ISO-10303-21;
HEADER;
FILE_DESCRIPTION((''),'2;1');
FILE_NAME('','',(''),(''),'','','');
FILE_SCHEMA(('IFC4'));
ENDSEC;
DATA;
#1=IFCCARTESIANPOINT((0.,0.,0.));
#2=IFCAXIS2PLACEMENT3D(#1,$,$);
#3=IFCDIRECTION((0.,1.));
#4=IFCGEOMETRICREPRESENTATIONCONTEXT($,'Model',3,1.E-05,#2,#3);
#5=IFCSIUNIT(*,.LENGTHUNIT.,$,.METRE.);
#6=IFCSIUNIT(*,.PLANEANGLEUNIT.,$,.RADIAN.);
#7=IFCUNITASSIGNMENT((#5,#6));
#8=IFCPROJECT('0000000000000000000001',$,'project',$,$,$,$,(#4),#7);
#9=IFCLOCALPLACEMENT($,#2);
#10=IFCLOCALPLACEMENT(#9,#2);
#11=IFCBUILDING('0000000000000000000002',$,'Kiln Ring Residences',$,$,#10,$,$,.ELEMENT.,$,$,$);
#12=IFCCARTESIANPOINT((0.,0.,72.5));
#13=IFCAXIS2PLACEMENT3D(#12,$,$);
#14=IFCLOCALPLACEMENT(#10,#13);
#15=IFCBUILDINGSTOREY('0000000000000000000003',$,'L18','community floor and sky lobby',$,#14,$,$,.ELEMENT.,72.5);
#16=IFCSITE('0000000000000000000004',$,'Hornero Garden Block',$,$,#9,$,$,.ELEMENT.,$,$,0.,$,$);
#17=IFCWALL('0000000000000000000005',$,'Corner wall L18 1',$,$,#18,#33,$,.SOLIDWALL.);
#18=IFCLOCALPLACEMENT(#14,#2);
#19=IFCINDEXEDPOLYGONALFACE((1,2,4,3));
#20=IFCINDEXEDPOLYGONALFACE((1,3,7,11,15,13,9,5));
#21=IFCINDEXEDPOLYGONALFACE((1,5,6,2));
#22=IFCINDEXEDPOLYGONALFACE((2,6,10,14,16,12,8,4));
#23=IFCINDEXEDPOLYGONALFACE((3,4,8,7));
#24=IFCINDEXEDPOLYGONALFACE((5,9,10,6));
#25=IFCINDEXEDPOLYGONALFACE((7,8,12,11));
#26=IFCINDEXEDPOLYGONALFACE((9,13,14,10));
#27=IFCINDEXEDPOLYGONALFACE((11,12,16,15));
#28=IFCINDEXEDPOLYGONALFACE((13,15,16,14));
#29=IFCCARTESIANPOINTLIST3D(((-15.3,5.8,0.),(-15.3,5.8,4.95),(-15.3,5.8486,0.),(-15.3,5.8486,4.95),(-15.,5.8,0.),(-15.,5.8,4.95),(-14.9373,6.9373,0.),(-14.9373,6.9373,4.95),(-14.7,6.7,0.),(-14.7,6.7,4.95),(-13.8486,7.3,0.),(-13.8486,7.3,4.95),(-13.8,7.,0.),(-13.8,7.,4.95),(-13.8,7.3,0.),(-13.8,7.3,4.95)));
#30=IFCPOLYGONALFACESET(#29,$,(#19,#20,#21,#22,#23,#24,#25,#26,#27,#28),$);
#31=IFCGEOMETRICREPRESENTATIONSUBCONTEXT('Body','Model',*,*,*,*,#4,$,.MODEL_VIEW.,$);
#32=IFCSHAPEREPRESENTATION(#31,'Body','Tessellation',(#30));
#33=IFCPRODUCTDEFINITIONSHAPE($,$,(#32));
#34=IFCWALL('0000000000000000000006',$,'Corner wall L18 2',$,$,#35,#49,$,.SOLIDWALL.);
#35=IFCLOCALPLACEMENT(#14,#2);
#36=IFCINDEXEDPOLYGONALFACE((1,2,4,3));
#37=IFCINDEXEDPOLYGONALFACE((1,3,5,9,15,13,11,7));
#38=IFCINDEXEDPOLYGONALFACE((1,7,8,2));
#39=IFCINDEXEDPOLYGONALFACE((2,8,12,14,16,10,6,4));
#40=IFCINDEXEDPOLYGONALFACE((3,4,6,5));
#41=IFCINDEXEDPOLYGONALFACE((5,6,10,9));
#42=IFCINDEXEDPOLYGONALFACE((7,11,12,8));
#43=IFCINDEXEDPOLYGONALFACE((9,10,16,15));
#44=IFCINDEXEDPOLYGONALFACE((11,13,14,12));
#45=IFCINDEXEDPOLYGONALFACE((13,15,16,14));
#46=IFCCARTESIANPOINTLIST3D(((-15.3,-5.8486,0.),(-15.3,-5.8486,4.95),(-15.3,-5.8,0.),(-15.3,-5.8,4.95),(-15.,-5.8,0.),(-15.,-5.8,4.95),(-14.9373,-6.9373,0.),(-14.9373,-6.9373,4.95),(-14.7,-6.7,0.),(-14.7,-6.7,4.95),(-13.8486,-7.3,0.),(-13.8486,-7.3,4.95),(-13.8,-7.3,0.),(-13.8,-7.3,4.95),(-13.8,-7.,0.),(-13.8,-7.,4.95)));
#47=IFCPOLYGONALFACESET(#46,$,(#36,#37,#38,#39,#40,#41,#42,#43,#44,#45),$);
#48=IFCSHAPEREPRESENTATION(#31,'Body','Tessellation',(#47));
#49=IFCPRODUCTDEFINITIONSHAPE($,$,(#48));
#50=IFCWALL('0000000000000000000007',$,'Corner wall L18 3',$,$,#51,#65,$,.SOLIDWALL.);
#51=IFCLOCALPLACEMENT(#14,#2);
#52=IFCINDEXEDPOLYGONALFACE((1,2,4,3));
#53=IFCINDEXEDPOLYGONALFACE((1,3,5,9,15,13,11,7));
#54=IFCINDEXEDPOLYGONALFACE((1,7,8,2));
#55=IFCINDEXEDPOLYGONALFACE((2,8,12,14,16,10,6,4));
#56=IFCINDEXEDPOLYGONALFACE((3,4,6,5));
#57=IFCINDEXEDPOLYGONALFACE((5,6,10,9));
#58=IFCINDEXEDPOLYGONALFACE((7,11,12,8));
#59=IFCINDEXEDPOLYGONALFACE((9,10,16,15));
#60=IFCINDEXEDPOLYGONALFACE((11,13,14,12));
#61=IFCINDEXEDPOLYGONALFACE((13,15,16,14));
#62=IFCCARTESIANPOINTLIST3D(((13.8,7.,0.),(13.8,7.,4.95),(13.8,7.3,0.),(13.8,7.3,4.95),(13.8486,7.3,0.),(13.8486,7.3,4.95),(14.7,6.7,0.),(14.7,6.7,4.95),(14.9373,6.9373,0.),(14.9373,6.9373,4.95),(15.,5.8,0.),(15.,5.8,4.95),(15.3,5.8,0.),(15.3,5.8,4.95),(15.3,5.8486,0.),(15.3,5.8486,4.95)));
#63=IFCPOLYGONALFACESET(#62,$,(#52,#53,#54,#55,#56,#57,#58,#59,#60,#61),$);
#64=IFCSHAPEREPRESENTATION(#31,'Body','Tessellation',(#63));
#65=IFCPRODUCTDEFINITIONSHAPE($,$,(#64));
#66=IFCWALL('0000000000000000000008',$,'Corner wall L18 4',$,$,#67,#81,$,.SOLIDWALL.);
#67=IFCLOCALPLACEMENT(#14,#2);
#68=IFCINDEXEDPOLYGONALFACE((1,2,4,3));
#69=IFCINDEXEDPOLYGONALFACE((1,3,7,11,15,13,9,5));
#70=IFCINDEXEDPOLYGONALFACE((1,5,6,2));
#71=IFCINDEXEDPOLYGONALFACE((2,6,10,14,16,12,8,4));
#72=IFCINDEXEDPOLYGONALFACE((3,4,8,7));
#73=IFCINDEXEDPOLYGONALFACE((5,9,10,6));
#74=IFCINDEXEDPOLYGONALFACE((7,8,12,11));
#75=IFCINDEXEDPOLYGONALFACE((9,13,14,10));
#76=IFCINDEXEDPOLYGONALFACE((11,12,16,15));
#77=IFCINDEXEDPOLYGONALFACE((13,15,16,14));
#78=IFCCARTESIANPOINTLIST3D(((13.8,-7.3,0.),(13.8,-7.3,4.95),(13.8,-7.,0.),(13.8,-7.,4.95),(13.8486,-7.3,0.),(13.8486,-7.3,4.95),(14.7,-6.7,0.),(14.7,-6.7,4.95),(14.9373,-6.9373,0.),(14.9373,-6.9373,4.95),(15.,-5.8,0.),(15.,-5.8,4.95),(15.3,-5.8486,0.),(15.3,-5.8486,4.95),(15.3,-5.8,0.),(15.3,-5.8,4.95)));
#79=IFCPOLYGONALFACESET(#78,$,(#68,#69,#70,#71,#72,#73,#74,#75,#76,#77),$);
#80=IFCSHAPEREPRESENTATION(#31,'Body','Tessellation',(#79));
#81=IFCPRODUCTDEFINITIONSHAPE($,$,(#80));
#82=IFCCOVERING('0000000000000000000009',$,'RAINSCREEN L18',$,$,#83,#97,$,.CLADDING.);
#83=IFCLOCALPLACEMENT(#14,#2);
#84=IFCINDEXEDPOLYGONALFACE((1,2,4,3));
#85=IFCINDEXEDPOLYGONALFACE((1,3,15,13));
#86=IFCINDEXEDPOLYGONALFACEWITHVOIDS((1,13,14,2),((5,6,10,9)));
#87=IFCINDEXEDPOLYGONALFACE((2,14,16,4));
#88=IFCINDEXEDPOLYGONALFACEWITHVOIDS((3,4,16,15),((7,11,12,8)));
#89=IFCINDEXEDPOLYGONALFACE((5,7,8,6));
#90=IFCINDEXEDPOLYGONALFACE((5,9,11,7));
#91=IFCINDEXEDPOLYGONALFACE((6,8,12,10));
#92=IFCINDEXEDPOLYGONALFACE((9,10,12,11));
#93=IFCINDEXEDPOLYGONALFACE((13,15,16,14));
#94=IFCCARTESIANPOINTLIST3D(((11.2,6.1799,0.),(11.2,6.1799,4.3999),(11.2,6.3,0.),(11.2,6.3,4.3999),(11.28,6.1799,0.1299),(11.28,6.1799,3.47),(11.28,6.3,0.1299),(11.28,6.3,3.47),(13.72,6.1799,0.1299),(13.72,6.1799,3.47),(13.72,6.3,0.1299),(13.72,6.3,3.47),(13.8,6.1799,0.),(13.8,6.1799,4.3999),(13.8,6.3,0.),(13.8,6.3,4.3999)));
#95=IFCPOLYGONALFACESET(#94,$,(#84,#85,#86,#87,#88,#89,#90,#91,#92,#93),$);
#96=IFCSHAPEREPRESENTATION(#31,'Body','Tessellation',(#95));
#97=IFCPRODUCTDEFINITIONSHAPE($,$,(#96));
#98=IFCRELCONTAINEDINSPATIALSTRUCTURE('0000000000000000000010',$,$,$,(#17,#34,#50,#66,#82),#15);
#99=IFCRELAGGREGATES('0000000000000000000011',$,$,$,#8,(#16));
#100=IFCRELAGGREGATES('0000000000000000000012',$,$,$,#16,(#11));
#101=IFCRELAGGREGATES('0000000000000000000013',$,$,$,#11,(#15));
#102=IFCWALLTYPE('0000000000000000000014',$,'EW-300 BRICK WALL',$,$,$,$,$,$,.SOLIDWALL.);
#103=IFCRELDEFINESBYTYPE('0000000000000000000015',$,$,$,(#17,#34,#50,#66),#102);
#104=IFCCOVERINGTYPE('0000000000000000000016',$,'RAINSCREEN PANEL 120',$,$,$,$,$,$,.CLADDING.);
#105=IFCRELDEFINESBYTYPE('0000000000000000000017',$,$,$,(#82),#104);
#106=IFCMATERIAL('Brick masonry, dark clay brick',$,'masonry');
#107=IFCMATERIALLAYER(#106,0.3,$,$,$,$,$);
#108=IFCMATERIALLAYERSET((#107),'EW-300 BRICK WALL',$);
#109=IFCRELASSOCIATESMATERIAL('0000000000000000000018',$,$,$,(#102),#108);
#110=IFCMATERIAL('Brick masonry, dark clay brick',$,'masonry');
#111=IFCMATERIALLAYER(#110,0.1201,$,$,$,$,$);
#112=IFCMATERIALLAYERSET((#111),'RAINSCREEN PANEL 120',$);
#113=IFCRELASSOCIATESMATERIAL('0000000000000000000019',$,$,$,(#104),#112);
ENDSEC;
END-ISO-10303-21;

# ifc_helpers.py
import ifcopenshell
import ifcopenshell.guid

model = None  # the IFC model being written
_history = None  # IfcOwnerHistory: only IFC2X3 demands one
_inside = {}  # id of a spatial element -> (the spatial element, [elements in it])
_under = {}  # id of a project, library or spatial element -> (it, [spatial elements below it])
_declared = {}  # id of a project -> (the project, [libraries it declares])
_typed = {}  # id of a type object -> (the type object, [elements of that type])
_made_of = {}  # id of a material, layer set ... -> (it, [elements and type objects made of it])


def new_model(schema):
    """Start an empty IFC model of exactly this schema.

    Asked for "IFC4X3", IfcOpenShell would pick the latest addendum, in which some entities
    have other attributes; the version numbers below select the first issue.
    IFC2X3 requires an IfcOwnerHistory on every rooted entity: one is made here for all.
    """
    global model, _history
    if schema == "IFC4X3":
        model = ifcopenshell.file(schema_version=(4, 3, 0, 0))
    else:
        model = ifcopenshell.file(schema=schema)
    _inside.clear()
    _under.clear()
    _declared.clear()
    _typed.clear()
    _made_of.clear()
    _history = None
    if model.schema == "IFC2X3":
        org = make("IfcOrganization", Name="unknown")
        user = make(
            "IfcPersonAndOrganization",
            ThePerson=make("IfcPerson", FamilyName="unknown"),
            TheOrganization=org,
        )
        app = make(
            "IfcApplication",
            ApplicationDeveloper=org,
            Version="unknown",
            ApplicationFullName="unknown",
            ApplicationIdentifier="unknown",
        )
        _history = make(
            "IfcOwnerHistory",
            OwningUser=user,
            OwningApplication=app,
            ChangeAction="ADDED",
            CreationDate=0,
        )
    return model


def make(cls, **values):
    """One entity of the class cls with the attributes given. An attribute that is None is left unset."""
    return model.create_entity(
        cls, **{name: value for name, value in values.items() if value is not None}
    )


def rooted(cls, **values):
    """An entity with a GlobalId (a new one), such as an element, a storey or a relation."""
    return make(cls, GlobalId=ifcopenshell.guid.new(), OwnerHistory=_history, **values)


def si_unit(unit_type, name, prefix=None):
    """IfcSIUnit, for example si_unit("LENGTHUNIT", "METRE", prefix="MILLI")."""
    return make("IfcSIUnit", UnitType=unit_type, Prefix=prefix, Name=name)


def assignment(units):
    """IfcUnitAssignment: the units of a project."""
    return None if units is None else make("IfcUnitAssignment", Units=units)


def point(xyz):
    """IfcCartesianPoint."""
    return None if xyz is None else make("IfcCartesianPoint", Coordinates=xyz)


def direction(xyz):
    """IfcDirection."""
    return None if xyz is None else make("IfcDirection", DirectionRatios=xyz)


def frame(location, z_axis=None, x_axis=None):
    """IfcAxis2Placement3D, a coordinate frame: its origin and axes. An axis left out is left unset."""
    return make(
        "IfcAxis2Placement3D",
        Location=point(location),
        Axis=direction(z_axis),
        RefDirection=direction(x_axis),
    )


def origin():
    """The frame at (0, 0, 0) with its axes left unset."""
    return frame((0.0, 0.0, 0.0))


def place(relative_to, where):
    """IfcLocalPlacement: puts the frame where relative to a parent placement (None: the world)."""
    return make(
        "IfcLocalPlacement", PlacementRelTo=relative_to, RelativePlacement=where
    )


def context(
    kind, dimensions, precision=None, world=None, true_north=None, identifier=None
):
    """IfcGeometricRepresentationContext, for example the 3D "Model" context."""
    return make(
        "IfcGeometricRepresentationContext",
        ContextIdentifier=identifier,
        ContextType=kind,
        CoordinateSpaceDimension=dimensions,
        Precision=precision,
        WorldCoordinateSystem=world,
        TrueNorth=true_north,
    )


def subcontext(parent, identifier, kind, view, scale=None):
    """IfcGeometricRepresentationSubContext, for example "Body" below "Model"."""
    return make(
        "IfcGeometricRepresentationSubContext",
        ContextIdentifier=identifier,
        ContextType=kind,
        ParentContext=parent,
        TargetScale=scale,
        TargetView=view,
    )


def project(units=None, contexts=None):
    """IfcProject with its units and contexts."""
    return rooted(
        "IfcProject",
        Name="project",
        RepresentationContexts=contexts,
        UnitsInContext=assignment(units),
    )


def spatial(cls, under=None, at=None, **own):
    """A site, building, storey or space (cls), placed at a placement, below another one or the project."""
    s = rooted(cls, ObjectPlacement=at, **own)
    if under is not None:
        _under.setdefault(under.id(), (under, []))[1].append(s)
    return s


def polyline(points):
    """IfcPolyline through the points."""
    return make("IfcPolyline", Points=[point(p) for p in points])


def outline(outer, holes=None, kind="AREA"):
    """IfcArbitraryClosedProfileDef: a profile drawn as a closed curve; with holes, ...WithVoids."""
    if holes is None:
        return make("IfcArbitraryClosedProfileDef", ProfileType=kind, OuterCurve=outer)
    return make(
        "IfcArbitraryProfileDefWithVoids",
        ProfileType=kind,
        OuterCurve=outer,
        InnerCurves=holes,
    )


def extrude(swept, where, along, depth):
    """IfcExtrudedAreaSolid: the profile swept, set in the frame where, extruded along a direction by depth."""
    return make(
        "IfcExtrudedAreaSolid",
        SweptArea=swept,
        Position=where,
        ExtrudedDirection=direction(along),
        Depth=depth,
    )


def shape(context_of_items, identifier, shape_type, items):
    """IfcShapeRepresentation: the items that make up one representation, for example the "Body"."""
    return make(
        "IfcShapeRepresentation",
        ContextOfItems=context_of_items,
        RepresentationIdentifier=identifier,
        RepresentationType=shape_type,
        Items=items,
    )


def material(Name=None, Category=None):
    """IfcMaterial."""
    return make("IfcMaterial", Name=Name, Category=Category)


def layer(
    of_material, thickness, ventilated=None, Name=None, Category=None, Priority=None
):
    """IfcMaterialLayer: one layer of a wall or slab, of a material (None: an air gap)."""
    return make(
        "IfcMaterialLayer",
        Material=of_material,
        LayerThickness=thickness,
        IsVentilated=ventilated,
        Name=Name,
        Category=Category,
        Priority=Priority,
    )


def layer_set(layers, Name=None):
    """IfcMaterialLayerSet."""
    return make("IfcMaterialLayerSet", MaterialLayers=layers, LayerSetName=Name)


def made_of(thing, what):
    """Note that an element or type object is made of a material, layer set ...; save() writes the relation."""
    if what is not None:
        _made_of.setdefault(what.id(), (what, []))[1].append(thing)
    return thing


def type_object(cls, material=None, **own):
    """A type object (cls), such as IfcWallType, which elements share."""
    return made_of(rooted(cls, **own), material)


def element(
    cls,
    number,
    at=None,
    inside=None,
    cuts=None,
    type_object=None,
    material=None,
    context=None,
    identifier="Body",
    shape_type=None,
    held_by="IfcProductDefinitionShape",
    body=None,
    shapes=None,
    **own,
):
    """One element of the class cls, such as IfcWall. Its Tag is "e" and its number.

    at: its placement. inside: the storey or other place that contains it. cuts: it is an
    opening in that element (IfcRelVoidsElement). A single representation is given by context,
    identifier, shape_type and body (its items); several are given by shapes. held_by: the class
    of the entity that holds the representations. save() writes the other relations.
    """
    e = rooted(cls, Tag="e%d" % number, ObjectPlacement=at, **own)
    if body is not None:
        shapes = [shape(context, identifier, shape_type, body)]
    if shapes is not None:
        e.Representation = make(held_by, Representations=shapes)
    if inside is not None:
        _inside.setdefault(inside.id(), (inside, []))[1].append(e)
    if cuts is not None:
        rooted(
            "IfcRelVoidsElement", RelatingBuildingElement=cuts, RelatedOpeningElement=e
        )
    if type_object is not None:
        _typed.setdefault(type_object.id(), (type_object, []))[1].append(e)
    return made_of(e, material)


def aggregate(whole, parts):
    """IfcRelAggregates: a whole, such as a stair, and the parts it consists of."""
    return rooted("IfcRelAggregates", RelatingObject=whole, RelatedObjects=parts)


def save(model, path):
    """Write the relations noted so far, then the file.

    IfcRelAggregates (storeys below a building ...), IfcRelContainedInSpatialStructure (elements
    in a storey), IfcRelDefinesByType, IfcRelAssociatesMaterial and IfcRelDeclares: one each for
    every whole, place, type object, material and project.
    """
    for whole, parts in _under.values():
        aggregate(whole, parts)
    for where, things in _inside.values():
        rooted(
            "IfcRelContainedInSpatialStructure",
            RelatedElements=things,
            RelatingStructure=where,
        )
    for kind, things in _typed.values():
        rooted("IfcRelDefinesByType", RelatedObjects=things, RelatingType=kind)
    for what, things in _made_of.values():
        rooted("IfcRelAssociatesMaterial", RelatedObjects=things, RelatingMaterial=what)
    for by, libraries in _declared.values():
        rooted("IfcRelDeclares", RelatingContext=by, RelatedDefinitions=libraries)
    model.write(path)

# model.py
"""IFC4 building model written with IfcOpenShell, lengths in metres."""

from ifc_helpers import new_model, si_unit, direction, frame, origin, place, context, subcontext, project, spatial, polyline, outline, extrude, material, layer, layer_set, type_object, element, save


model = new_model("IFC4")

# Units and contexts
model_context = context("Model", 3, precision=1e-05, world=origin(), true_north=direction((0.0, 1.0)))
body_context = subcontext(model_context, "Body", "Model", "MODEL_VIEW")
ifc_project = project(units=[si_unit("LENGTHUNIT", "METRE"), si_unit("PLANEANGLEUNIT", "RADIAN")], contexts=[model_context])

# Site, building, storey
site_placement = place(None, origin())
site = spatial("IfcSite", under=ifc_project, at=site_placement, Name="Hornero Garden Block", CompositionType="ELEMENT", RefElevation=0.0)
building_placement = place(site_placement, origin())
building = spatial("IfcBuilding", under=site, at=building_placement, Name="Kiln Ring Residences", CompositionType="ELEMENT")
storey_placement = place(building_placement, frame((0.0, 0.0, 72.5)))
storey = spatial("IfcBuildingStorey", under=building, at=storey_placement, Name="L18", Description="community floor and sky lobby", CompositionType="ELEMENT", Elevation=72.5)

# Shared definitions
placement_1 = place(storey_placement, origin())

# Walls
ifc_material_1 = material(Name="Brick masonry, dark clay brick", Category="masonry")
ifc_layer_1 = layer(ifc_material_1, 0.3)
ifc_layer_set_1 = layer_set([ifc_layer_1], Name="EW-300 BRICK WALL")
wall_type = type_object("IfcWallType", Name="EW-300 BRICK WALL", PredefinedType="SOLIDWALL", material=ifc_layer_set_1)
element("IfcWall", 1, at=placement_1, inside=storey, type_object=wall_type, Name="Corner wall L18 1", PredefinedType="SOLIDWALL", context=body_context, shape_type="SweptSolid", body=[
    extrude(outline(polyline([(-15.0, 5.8), (-14.7, 6.7), (-13.8, 7.0), (-13.8, 7.3), (-13.8486, 7.3), (-14.9373, 6.9373), (-15.3, 5.8486), (-15.3, 5.8), (-15.0, 5.8)])), origin(), (0.0, 0.0, 1.0), 4.95),
])
element("IfcWall", 2, at=placement_1, inside=storey, type_object=wall_type, Name="Corner wall L18 2", PredefinedType="SOLIDWALL", context=body_context, shape_type="SweptSolid", body=[
    extrude(outline(polyline([(-13.8, -7.0), (-14.7, -6.7), (-15.0, -5.8), (-15.3, -5.8), (-15.3, -5.8486), (-14.9373, -6.9373), (-13.8486, -7.3), (-13.8, -7.3), (-13.8, -7.0)])), origin(), (0.0, 0.0, 1.0), 4.95),
])
element("IfcWall", 3, at=placement_1, inside=storey, type_object=wall_type, Name="Corner wall L18 3", PredefinedType="SOLIDWALL", context=body_context, shape_type="SweptSolid", body=[
    extrude(outline(polyline([(13.8, 7.0), (14.7, 6.7), (15.0, 5.8), (15.3, 5.8), (15.3, 5.8486), (14.9373, 6.9373), (13.8486, 7.3), (13.8, 7.3), (13.8, 7.0)])), origin(), (0.0, 0.0, 1.0), 4.95),
])
element("IfcWall", 4, at=placement_1, inside=storey, type_object=wall_type, Name="Corner wall L18 4", PredefinedType="SOLIDWALL", context=body_context, shape_type="SweptSolid", body=[
    extrude(outline(polyline([(15.0, -5.8), (14.7, -6.7), (13.8, -7.0), (13.8, -7.3), (13.8486, -7.3), (14.9373, -6.9373), (15.3, -5.8486), (15.3, -5.8), (15.0, -5.8)])), origin(), (0.0, 0.0, 1.0), 4.95),
])

# Covering
ifc_material_2 = material(Name="Brick masonry, dark clay brick", Category="masonry")
ifc_layer_2 = layer(ifc_material_2, 0.1201)
ifc_layer_set_2 = layer_set([ifc_layer_2], Name="RAINSCREEN PANEL 120")
covering_type = type_object("IfcCoveringType", Name="RAINSCREEN PANEL 120", PredefinedType="CLADDING", material=ifc_layer_set_2)
covering_placement = place(storey_placement, frame((11.2, 6.24, 0.0), z_axis=(0.0, 0.0, 1.0), x_axis=(1.0, 0.0, 0.0)))
element("IfcCovering", 5, at=covering_placement, inside=storey, type_object=covering_type, Name="RAINSCREEN L18", PredefinedType="CLADDING", context=body_context, shape_type="SweptSolid", body=[
    extrude(outline(polyline([(0.0, 0.0), (2.6001, 0.0), (2.6001, 4.3999), (0.0, 4.3999), (0.0, 0.0)]), holes=[polyline([(0.0801, 3.47), (0.0801, 0.1299), (2.52, 0.1299), (2.52, 3.47), (0.0801, 3.47)])]), frame((0.0, 0.0601, 0.0), z_axis=(0.0, -1.0, 0.0), x_axis=(1.0, 0.0, 0.0)), (0.0, 0.0, 1.0), 0.1201),
])

save(model, "model.ifc")
